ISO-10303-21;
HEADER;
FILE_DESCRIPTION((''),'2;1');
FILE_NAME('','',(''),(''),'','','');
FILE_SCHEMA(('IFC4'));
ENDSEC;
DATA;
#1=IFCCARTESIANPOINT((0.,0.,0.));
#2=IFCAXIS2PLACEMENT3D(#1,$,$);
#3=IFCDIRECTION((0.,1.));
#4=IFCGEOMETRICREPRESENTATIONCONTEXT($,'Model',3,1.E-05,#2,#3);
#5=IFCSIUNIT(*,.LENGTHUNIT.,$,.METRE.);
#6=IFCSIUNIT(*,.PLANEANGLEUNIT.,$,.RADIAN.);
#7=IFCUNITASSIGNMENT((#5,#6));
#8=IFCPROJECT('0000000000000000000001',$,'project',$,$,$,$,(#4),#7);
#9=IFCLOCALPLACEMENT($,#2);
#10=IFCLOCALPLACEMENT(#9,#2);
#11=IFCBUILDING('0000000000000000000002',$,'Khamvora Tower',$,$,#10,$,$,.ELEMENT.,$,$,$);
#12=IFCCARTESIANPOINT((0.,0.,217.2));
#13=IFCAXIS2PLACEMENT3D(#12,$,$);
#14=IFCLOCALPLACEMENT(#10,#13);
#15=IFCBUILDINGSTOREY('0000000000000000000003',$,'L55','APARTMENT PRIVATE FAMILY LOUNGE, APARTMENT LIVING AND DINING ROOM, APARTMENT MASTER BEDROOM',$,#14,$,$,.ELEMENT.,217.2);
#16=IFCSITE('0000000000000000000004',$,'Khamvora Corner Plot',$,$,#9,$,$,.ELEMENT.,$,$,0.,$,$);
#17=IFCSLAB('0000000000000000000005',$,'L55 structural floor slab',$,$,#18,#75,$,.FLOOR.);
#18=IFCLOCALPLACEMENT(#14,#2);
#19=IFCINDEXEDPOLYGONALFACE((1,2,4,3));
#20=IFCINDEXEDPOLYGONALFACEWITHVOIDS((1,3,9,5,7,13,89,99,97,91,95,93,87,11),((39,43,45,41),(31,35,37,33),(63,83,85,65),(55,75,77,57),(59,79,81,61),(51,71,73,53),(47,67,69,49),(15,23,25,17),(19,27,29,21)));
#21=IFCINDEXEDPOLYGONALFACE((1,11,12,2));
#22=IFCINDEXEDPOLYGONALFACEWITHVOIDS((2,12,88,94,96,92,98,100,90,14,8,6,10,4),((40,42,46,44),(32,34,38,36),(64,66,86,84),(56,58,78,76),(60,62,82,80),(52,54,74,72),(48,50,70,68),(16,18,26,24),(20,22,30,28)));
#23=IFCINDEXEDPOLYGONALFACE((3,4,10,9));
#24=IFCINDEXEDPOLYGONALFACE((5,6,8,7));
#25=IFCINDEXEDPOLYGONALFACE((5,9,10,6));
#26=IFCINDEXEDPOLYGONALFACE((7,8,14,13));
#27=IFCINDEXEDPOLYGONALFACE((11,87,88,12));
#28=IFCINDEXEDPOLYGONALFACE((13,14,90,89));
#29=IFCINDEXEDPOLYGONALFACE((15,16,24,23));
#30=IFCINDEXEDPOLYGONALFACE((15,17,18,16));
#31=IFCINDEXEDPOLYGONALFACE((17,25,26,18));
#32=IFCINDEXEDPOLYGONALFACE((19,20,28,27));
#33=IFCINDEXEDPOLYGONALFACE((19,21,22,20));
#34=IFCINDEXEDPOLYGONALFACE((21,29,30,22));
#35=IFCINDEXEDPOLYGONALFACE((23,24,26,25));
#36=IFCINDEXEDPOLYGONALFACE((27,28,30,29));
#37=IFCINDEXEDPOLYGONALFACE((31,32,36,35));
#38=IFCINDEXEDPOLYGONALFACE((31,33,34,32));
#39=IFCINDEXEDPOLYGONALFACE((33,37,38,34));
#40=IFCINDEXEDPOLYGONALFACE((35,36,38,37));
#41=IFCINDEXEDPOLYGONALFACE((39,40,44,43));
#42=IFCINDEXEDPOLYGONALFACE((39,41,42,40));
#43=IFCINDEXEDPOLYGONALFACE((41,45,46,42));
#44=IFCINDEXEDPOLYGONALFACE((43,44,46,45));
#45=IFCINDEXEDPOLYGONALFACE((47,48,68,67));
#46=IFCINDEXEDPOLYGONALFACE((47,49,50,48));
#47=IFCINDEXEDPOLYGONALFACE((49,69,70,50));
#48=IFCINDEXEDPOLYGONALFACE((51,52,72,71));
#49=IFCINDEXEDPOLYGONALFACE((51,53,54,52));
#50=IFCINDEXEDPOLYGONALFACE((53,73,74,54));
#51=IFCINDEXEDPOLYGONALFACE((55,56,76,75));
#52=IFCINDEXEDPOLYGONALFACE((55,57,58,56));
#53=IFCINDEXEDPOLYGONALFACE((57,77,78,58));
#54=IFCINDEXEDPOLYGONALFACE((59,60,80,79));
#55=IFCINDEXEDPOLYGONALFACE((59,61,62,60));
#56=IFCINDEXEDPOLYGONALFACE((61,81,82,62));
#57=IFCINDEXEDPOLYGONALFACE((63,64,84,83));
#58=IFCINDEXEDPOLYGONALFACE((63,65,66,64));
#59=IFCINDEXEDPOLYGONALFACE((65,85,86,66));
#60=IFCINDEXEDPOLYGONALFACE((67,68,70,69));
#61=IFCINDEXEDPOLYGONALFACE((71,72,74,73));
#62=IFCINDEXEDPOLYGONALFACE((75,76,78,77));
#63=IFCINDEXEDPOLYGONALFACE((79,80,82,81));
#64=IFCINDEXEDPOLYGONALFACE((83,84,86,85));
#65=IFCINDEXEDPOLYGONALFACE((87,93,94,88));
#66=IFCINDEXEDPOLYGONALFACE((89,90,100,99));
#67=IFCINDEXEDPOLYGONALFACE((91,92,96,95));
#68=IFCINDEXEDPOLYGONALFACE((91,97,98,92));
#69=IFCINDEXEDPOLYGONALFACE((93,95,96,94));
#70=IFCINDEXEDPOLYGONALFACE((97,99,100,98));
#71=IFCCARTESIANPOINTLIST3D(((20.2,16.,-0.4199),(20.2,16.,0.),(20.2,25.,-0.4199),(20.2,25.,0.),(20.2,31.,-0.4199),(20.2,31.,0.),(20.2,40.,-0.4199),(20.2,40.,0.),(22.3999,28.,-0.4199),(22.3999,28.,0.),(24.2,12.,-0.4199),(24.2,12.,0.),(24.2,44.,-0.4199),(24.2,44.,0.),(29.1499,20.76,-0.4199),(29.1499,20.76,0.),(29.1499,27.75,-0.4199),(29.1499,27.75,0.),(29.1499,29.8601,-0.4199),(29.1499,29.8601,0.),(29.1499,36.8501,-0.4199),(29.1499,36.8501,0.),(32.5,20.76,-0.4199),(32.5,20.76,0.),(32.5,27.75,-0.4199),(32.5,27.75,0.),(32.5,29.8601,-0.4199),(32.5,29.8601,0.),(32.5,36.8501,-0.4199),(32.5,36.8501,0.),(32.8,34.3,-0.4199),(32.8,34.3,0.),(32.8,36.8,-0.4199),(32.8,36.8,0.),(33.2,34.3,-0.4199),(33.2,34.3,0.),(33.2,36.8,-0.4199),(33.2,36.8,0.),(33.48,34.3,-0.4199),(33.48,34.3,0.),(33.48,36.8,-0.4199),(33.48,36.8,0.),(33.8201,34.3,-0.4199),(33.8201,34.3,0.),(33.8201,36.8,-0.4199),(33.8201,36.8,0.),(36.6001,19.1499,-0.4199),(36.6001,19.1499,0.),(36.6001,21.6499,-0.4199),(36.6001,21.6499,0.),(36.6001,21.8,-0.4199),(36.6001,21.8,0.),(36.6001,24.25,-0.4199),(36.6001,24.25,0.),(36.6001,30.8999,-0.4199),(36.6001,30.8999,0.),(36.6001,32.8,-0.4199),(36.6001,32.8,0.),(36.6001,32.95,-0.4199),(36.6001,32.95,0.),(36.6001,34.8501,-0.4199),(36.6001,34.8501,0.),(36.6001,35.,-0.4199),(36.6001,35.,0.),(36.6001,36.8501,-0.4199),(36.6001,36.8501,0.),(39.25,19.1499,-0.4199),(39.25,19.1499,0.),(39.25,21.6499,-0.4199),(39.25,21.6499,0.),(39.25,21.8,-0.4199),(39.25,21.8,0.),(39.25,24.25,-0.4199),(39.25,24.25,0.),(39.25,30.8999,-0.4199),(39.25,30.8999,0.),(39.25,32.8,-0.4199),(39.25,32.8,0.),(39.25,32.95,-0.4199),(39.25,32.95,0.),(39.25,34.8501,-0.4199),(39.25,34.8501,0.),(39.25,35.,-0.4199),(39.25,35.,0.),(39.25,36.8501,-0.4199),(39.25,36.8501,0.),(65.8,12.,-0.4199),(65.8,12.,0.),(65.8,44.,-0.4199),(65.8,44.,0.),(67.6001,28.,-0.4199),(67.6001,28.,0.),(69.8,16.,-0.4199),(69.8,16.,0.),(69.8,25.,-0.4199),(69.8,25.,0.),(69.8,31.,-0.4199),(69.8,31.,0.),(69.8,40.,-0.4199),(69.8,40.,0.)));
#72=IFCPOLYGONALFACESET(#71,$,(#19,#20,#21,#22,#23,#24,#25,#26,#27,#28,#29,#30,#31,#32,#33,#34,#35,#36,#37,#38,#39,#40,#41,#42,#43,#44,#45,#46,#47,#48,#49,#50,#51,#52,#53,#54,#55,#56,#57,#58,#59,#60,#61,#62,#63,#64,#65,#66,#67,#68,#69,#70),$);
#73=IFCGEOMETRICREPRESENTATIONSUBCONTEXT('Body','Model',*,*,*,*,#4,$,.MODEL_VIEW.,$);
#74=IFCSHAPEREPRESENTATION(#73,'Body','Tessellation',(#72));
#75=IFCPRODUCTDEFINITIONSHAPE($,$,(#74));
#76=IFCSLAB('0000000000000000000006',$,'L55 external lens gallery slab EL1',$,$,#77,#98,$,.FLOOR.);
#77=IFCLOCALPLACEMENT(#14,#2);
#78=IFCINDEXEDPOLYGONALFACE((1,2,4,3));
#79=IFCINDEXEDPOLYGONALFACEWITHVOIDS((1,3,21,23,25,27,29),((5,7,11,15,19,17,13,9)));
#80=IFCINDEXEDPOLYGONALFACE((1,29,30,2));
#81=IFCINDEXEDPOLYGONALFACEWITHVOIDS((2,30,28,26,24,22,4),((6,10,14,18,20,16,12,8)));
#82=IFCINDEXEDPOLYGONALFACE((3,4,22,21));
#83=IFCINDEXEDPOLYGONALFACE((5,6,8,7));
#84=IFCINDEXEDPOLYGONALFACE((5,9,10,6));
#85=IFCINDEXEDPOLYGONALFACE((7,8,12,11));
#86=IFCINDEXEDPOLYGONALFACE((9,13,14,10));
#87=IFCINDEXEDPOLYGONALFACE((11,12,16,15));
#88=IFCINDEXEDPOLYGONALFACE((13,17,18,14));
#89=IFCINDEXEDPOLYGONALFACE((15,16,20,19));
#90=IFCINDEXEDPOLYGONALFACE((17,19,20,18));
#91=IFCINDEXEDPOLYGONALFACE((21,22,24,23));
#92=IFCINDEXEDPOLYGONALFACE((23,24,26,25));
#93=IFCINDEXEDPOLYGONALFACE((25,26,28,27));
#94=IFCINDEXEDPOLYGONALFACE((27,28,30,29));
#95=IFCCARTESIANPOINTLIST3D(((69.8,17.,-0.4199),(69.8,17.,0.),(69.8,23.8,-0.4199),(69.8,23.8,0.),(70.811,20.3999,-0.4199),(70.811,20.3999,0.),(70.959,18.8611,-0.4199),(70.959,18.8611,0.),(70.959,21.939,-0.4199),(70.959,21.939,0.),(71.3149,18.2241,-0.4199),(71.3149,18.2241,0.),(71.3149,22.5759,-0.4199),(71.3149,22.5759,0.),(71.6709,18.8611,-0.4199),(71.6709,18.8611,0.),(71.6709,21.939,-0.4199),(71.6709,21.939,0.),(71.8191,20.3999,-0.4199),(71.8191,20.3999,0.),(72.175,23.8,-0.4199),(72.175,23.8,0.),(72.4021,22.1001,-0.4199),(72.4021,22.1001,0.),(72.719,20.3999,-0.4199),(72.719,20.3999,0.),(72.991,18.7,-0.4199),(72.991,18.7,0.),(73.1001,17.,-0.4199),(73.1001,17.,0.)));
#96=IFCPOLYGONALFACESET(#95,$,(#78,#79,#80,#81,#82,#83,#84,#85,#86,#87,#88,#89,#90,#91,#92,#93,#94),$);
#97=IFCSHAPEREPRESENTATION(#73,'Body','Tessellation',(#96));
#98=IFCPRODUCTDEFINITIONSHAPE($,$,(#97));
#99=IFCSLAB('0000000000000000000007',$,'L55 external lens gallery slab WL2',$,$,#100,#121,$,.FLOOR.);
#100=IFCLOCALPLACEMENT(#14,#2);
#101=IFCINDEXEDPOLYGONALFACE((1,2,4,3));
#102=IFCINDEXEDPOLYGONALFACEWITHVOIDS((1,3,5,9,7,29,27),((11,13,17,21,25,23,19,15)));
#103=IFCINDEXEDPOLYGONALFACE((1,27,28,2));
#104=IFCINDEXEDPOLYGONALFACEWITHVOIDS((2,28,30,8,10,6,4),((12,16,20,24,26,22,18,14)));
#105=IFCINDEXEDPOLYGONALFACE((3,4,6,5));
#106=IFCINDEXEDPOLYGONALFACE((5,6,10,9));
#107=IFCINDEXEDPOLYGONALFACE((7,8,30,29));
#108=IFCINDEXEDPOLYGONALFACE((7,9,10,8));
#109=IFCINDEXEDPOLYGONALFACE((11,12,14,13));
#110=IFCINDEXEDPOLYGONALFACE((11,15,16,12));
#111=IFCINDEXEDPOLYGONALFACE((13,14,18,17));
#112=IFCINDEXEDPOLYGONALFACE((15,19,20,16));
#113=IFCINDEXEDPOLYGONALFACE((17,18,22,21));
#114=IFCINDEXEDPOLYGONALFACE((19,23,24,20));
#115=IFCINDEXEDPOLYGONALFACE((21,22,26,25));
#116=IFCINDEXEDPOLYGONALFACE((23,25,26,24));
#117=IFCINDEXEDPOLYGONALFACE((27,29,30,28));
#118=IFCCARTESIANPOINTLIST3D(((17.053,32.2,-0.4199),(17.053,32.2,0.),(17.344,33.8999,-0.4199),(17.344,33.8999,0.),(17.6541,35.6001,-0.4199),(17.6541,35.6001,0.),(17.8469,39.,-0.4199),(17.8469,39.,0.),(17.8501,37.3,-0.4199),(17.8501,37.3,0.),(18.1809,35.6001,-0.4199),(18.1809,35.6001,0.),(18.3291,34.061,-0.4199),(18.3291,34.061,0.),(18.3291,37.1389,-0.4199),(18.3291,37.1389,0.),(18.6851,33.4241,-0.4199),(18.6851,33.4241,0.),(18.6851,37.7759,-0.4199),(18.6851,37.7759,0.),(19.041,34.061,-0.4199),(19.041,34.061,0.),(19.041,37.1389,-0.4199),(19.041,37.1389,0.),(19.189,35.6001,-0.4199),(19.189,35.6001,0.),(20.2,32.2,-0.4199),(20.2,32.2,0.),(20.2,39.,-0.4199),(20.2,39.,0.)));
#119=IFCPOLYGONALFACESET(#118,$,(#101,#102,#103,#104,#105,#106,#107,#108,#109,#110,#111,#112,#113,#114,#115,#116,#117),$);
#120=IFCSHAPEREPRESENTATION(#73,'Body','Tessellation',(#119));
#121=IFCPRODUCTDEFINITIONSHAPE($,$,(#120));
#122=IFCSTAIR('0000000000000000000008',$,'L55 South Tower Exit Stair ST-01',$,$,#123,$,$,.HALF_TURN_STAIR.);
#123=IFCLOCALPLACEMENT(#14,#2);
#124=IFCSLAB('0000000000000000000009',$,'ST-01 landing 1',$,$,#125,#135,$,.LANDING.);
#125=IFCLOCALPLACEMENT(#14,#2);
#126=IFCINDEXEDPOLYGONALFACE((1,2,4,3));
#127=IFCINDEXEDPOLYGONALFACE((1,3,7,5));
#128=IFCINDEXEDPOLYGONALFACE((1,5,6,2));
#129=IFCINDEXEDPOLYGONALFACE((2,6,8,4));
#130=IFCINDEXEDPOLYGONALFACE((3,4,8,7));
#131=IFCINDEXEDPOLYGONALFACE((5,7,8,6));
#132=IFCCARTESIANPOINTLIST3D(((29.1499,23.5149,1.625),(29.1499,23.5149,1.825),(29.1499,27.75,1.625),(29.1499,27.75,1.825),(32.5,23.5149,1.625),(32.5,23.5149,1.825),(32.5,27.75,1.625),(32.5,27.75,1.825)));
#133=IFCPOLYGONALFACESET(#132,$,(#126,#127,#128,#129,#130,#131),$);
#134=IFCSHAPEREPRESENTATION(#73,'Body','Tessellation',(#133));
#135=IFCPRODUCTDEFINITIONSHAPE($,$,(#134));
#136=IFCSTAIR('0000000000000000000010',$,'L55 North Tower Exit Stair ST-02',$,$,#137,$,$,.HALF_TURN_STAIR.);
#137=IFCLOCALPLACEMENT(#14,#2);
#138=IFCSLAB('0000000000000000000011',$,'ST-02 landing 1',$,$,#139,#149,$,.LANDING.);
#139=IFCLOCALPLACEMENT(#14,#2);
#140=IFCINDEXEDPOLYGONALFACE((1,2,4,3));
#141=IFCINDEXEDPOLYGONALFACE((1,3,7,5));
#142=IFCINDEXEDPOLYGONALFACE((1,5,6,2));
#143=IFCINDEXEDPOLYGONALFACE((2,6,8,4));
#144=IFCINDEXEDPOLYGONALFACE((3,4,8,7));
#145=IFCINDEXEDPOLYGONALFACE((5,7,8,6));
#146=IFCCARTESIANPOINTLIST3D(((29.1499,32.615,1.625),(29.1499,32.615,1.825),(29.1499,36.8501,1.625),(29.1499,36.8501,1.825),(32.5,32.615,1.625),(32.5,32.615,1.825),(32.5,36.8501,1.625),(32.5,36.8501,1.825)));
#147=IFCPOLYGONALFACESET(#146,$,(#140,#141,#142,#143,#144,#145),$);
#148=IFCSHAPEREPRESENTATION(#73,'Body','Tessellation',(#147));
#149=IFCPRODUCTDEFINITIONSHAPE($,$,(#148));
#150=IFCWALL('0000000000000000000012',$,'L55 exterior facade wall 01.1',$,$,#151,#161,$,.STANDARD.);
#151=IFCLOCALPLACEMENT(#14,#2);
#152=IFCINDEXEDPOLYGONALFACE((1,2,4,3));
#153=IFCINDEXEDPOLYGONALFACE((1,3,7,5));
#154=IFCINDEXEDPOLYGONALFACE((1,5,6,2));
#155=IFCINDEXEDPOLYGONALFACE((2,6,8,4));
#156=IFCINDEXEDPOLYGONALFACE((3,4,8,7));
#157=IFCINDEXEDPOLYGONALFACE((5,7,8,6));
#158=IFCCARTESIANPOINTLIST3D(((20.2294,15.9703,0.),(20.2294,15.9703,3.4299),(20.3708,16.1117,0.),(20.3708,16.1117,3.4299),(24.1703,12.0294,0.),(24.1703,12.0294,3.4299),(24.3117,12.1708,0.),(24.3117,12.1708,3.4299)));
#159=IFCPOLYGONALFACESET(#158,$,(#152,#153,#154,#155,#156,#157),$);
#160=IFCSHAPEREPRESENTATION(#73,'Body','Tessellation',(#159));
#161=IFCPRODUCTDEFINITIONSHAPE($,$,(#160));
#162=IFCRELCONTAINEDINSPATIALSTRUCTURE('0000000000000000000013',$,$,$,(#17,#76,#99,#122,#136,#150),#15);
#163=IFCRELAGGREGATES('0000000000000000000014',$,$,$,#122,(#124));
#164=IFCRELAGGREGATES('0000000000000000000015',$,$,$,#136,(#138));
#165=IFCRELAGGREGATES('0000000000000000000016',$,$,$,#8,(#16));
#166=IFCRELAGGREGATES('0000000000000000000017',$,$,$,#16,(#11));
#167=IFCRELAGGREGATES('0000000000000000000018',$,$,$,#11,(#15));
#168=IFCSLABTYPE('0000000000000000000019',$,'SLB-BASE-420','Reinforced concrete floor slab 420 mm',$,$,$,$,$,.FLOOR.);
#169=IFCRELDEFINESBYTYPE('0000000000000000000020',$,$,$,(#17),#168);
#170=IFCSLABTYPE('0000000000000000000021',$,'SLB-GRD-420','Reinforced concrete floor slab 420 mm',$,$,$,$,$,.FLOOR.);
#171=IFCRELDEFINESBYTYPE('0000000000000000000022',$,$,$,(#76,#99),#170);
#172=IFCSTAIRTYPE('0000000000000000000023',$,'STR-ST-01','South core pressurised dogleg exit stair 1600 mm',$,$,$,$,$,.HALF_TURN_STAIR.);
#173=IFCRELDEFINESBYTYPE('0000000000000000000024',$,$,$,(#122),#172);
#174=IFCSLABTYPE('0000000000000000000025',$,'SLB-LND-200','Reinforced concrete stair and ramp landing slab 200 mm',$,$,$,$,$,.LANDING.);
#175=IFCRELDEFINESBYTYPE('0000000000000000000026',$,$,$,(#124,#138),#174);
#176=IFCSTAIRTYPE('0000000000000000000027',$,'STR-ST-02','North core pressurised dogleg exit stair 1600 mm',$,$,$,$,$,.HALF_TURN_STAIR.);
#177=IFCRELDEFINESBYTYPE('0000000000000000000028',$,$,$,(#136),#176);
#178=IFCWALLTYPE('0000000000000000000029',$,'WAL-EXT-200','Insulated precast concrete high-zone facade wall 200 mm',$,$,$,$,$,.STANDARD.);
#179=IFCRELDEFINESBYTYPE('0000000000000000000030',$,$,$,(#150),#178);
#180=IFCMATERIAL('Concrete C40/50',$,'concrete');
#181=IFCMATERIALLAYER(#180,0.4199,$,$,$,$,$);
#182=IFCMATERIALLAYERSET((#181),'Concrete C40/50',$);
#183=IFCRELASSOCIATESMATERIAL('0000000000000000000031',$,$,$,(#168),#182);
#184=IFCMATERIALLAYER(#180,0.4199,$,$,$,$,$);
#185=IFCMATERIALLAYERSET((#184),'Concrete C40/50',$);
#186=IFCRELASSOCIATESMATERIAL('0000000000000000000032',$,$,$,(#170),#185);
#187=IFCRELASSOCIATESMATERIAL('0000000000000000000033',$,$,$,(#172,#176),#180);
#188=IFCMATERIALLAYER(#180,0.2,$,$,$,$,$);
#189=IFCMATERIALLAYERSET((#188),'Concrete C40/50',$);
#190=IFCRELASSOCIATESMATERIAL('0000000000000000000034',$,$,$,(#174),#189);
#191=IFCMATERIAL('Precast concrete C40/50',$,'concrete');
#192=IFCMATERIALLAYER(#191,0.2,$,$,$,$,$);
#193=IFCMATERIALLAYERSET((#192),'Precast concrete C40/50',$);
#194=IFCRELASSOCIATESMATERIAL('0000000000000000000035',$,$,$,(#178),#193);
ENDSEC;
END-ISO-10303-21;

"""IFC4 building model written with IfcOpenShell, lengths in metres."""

from ifc_helpers import new_model, si_unit, direction, frame, frame_2d, origin, place, context, subcontext, project, spatial, polyline, rectangle, outline, extrude, material, layer, layer_set, type_object, element, aggregate, save


model = new_model("IFC4")

# Units and contexts
model_context = context("Model", 3, precision=1e-05, world=origin(), true_north=direction((0.0, 1.0)))
body_context = subcontext(model_context, "Body", "Model", "MODEL_VIEW")
ifc_project = project(units=[si_unit("LENGTHUNIT", "METRE"), si_unit("PLANEANGLEUNIT", "RADIAN")], contexts=[model_context])

# Site, building, storey
site_placement = place(None, origin())
site = spatial("IfcSite", under=ifc_project, at=site_placement, Name="Khamvora Corner Plot", CompositionType="ELEMENT", RefElevation=0.0)
building_placement = place(site_placement, origin())
building = spatial("IfcBuilding", under=site, at=building_placement, Name="Khamvora Tower", CompositionType="ELEMENT")
storey_placement = place(building_placement, frame((0.0, 0.0, 217.2)))
storey = spatial("IfcBuildingStorey", under=building, at=storey_placement, Name="L55", Description="APARTMENT PRIVATE FAMILY LOUNGE, APARTMENT LIVING AND DINING ROOM, APARTMENT MASTER BEDROOM", CompositionType="ELEMENT", Elevation=217.2)

# Slabs
ifc_material_1 = material(Name="Concrete C40/50", Category="concrete")
ifc_layer_1 = layer(ifc_material_1, 0.4199)
ifc_layer_set_1 = layer_set([ifc_layer_1], Name="Concrete C40/50")
slab_type_1 = type_object("IfcSlabType", Name="SLB-BASE-420", Description="Reinforced concrete floor slab 420 mm", PredefinedType="FLOOR", material=ifc_layer_set_1)
slab_1_placement = place(storey_placement, frame((0.0, 0.0, -0.4199)))
element("IfcSlab", 1, at=slab_1_placement, inside=storey, type_object=slab_type_1, Name="L55 structural floor slab", PredefinedType="FLOOR", context=body_context, shape_type="SweptSolid", body=[
    extrude(outline(polyline([(24.2, 12.0), (65.8, 12.0), (69.8, 16.0), (69.8, 25.0), (67.6001, 28.0), (69.8, 31.0), (69.8, 40.0), (65.8, 44.0), (24.2, 44.0), (20.2, 40.0), (20.2, 31.0), (22.3999, 28.0), (20.2, 25.0), (20.2, 16.0), (24.2, 12.0)]), holes=[polyline([(32.5, 20.76), (32.5, 27.75), (29.1499, 27.75), (29.1499, 20.76), (32.5, 20.76)]), polyline([(32.5, 29.8601), (32.5, 36.8501), (29.1499, 36.8501), (29.1499, 29.8601), (32.5, 29.8601)]), polyline([(36.6001, 19.1499), (39.25, 19.1499), (39.25, 21.6499), (36.6001, 21.6499), (36.6001, 19.1499)]), polyline([(36.6001, 21.8), (39.25, 21.8), (39.25, 24.25), (36.6001, 24.25), (36.6001, 21.8)]), polyline([(36.6001, 30.8999), (39.25, 30.8999), (39.25, 32.8), (36.6001, 32.8), (36.6001, 30.8999)]), polyline([(36.6001, 32.95), (39.25, 32.95), (39.25, 34.8501), (36.6001, 34.8501), (36.6001, 32.95)]), polyline([(36.6001, 35.0), (39.25, 35.0), (39.25, 36.8501), (36.6001, 36.8501), (36.6001, 35.0)]), polyline([(32.8, 34.3), (33.2, 34.3), (33.2, 36.8), (32.8, 36.8), (32.8, 34.3)]), polyline([(33.48, 34.3), (33.8201, 34.3), (33.8201, 36.8), (33.48, 36.8), (33.48, 34.3)])]), origin(), (0.0, 0.0, 1.0), 0.4199),
])
ifc_layer_2 = layer(ifc_material_1, 0.4199)
ifc_layer_set_2 = layer_set([ifc_layer_2], Name="Concrete C40/50")
slab_type_2 = type_object("IfcSlabType", Name="SLB-GRD-420", Description="Reinforced concrete floor slab 420 mm", PredefinedType="FLOOR", material=ifc_layer_set_2)
slab_2_placement = place(storey_placement, frame((0.0, 0.0, -0.4199)))
element("IfcSlab", 2, at=slab_2_placement, inside=storey, type_object=slab_type_2, Name="L55 external lens gallery slab EL1", PredefinedType="FLOOR", context=body_context, shape_type="SweptSolid", body=[
    extrude(outline(polyline([(73.1001, 17.0), (72.991, 18.7), (72.719, 20.3999), (72.4021, 22.1001), (72.175, 23.8), (69.8, 23.8), (69.8, 17.0), (73.1001, 17.0)]), holes=[polyline([(71.8191, 20.3999), (71.6709, 21.939), (71.3149, 22.5759), (70.959, 21.939), (70.811, 20.3999), (70.959, 18.8611), (71.3149, 18.2241), (71.6709, 18.8611), (71.8191, 20.3999)])]), origin(), (0.0, 0.0, 1.0), 0.4199),
])
slab_3_placement = place(storey_placement, frame((0.0, 0.0, -0.4199)))
element("IfcSlab", 3, at=slab_3_placement, inside=storey, type_object=slab_type_2, Name="L55 external lens gallery slab WL2", PredefinedType="FLOOR", context=body_context, shape_type="SweptSolid", body=[
    extrude(outline(polyline([(20.2, 32.2), (20.2, 39.0), (17.8469, 39.0), (17.8501, 37.3), (17.6541, 35.6001), (17.344, 33.8999), (17.053, 32.2), (20.2, 32.2)]), holes=[polyline([(19.189, 35.6001), (19.041, 37.1389), (18.6851, 37.7759), (18.3291, 37.1389), (18.1809, 35.6001), (18.3291, 34.061), (18.6851, 33.4241), (19.041, 34.061), (19.189, 35.6001)])]), origin(), (0.0, 0.0, 1.0), 0.4199),
])

# Stairs, slabs
stair_type_1 = type_object("IfcStairType", Name="STR-ST-01", Description="South core pressurised dogleg exit stair 1600 mm", PredefinedType="HALF_TURN_STAIR", material=ifc_material_1)
stair_1_placement = place(storey_placement, origin())
stair_1 = element("IfcStair", 4, at=stair_1_placement, inside=storey, type_object=stair_type_1, Name="L55 South Tower Exit Stair ST-01", PredefinedType="HALF_TURN_STAIR")
ifc_layer_3 = layer(ifc_material_1, 0.2)
ifc_layer_set_3 = layer_set([ifc_layer_3], Name="Concrete C40/50")
slab_type_3 = type_object("IfcSlabType", Name="SLB-LND-200", Description="Reinforced concrete stair and ramp landing slab 200 mm", PredefinedType="LANDING", material=ifc_layer_set_3)
slab_4_placement = place(storey_placement, frame((0.0, 0.0, 1.625)))
slab_4 = element("IfcSlab", 5, at=slab_4_placement, type_object=slab_type_3, Name="ST-01 landing 1", PredefinedType="LANDING", context=body_context, shape_type="SweptSolid", body=[
    extrude(outline(polyline([(32.5, 23.5149), (32.5, 27.75), (29.1499, 27.75), (29.1499, 23.5149), (32.5, 23.5149)])), origin(), (0.0, 0.0, 1.0), 0.2),
])
aggregate(stair_1, [slab_4])
stair_type_2 = type_object("IfcStairType", Name="STR-ST-02", Description="North core pressurised dogleg exit stair 1600 mm", PredefinedType="HALF_TURN_STAIR", material=ifc_material_1)
stair_2_placement = place(storey_placement, origin())
stair_2 = element("IfcStair", 6, at=stair_2_placement, inside=storey, type_object=stair_type_2, Name="L55 North Tower Exit Stair ST-02", PredefinedType="HALF_TURN_STAIR")
slab_5_placement = place(storey_placement, frame((0.0, 0.0, 1.625)))
slab_5 = element("IfcSlab", 7, at=slab_5_placement, type_object=slab_type_3, Name="ST-02 landing 1", PredefinedType="LANDING", context=body_context, shape_type="SweptSolid", body=[
    extrude(outline(polyline([(32.5, 32.615), (32.5, 36.8501), (29.1499, 36.8501), (29.1499, 32.615), (32.5, 32.615)])), origin(), (0.0, 0.0, 1.0), 0.2),
])
aggregate(stair_2, [slab_5])

# Wall
ifc_material_2 = material(Name="Precast concrete C40/50", Category="concrete")
ifc_layer_4 = layer(ifc_material_2, 0.2)
ifc_layer_set_4 = layer_set([ifc_layer_4], Name="Precast concrete C40/50")
wall_type_1 = type_object("IfcWallType", Name="WAL-EXT-200", Description="Insulated precast concrete high-zone facade wall 200 mm", PredefinedType="STANDARD", material=ifc_layer_set_4)
wall_1_placement = place(storey_placement, frame((24.241, 12.1001, 0.0), z_axis=(0.0, 0.0, 1.0), x_axis=(-0.707107, 0.707107, 0.0)))
element("IfcWall", 8, at=wall_1_placement, inside=storey, type_object=wall_type_1, Name="L55 exterior facade wall 01.1", PredefinedType="STANDARD", context=body_context, shape_type="SweptSolid", body=[
    extrude(rectangle(XDim=5.5732, YDim=0.2, at=frame_2d((2.7866, 0.0))), origin(), (0.0, 0.0, 1.0), 3.4299),
])

save(model, "model.ifc")
